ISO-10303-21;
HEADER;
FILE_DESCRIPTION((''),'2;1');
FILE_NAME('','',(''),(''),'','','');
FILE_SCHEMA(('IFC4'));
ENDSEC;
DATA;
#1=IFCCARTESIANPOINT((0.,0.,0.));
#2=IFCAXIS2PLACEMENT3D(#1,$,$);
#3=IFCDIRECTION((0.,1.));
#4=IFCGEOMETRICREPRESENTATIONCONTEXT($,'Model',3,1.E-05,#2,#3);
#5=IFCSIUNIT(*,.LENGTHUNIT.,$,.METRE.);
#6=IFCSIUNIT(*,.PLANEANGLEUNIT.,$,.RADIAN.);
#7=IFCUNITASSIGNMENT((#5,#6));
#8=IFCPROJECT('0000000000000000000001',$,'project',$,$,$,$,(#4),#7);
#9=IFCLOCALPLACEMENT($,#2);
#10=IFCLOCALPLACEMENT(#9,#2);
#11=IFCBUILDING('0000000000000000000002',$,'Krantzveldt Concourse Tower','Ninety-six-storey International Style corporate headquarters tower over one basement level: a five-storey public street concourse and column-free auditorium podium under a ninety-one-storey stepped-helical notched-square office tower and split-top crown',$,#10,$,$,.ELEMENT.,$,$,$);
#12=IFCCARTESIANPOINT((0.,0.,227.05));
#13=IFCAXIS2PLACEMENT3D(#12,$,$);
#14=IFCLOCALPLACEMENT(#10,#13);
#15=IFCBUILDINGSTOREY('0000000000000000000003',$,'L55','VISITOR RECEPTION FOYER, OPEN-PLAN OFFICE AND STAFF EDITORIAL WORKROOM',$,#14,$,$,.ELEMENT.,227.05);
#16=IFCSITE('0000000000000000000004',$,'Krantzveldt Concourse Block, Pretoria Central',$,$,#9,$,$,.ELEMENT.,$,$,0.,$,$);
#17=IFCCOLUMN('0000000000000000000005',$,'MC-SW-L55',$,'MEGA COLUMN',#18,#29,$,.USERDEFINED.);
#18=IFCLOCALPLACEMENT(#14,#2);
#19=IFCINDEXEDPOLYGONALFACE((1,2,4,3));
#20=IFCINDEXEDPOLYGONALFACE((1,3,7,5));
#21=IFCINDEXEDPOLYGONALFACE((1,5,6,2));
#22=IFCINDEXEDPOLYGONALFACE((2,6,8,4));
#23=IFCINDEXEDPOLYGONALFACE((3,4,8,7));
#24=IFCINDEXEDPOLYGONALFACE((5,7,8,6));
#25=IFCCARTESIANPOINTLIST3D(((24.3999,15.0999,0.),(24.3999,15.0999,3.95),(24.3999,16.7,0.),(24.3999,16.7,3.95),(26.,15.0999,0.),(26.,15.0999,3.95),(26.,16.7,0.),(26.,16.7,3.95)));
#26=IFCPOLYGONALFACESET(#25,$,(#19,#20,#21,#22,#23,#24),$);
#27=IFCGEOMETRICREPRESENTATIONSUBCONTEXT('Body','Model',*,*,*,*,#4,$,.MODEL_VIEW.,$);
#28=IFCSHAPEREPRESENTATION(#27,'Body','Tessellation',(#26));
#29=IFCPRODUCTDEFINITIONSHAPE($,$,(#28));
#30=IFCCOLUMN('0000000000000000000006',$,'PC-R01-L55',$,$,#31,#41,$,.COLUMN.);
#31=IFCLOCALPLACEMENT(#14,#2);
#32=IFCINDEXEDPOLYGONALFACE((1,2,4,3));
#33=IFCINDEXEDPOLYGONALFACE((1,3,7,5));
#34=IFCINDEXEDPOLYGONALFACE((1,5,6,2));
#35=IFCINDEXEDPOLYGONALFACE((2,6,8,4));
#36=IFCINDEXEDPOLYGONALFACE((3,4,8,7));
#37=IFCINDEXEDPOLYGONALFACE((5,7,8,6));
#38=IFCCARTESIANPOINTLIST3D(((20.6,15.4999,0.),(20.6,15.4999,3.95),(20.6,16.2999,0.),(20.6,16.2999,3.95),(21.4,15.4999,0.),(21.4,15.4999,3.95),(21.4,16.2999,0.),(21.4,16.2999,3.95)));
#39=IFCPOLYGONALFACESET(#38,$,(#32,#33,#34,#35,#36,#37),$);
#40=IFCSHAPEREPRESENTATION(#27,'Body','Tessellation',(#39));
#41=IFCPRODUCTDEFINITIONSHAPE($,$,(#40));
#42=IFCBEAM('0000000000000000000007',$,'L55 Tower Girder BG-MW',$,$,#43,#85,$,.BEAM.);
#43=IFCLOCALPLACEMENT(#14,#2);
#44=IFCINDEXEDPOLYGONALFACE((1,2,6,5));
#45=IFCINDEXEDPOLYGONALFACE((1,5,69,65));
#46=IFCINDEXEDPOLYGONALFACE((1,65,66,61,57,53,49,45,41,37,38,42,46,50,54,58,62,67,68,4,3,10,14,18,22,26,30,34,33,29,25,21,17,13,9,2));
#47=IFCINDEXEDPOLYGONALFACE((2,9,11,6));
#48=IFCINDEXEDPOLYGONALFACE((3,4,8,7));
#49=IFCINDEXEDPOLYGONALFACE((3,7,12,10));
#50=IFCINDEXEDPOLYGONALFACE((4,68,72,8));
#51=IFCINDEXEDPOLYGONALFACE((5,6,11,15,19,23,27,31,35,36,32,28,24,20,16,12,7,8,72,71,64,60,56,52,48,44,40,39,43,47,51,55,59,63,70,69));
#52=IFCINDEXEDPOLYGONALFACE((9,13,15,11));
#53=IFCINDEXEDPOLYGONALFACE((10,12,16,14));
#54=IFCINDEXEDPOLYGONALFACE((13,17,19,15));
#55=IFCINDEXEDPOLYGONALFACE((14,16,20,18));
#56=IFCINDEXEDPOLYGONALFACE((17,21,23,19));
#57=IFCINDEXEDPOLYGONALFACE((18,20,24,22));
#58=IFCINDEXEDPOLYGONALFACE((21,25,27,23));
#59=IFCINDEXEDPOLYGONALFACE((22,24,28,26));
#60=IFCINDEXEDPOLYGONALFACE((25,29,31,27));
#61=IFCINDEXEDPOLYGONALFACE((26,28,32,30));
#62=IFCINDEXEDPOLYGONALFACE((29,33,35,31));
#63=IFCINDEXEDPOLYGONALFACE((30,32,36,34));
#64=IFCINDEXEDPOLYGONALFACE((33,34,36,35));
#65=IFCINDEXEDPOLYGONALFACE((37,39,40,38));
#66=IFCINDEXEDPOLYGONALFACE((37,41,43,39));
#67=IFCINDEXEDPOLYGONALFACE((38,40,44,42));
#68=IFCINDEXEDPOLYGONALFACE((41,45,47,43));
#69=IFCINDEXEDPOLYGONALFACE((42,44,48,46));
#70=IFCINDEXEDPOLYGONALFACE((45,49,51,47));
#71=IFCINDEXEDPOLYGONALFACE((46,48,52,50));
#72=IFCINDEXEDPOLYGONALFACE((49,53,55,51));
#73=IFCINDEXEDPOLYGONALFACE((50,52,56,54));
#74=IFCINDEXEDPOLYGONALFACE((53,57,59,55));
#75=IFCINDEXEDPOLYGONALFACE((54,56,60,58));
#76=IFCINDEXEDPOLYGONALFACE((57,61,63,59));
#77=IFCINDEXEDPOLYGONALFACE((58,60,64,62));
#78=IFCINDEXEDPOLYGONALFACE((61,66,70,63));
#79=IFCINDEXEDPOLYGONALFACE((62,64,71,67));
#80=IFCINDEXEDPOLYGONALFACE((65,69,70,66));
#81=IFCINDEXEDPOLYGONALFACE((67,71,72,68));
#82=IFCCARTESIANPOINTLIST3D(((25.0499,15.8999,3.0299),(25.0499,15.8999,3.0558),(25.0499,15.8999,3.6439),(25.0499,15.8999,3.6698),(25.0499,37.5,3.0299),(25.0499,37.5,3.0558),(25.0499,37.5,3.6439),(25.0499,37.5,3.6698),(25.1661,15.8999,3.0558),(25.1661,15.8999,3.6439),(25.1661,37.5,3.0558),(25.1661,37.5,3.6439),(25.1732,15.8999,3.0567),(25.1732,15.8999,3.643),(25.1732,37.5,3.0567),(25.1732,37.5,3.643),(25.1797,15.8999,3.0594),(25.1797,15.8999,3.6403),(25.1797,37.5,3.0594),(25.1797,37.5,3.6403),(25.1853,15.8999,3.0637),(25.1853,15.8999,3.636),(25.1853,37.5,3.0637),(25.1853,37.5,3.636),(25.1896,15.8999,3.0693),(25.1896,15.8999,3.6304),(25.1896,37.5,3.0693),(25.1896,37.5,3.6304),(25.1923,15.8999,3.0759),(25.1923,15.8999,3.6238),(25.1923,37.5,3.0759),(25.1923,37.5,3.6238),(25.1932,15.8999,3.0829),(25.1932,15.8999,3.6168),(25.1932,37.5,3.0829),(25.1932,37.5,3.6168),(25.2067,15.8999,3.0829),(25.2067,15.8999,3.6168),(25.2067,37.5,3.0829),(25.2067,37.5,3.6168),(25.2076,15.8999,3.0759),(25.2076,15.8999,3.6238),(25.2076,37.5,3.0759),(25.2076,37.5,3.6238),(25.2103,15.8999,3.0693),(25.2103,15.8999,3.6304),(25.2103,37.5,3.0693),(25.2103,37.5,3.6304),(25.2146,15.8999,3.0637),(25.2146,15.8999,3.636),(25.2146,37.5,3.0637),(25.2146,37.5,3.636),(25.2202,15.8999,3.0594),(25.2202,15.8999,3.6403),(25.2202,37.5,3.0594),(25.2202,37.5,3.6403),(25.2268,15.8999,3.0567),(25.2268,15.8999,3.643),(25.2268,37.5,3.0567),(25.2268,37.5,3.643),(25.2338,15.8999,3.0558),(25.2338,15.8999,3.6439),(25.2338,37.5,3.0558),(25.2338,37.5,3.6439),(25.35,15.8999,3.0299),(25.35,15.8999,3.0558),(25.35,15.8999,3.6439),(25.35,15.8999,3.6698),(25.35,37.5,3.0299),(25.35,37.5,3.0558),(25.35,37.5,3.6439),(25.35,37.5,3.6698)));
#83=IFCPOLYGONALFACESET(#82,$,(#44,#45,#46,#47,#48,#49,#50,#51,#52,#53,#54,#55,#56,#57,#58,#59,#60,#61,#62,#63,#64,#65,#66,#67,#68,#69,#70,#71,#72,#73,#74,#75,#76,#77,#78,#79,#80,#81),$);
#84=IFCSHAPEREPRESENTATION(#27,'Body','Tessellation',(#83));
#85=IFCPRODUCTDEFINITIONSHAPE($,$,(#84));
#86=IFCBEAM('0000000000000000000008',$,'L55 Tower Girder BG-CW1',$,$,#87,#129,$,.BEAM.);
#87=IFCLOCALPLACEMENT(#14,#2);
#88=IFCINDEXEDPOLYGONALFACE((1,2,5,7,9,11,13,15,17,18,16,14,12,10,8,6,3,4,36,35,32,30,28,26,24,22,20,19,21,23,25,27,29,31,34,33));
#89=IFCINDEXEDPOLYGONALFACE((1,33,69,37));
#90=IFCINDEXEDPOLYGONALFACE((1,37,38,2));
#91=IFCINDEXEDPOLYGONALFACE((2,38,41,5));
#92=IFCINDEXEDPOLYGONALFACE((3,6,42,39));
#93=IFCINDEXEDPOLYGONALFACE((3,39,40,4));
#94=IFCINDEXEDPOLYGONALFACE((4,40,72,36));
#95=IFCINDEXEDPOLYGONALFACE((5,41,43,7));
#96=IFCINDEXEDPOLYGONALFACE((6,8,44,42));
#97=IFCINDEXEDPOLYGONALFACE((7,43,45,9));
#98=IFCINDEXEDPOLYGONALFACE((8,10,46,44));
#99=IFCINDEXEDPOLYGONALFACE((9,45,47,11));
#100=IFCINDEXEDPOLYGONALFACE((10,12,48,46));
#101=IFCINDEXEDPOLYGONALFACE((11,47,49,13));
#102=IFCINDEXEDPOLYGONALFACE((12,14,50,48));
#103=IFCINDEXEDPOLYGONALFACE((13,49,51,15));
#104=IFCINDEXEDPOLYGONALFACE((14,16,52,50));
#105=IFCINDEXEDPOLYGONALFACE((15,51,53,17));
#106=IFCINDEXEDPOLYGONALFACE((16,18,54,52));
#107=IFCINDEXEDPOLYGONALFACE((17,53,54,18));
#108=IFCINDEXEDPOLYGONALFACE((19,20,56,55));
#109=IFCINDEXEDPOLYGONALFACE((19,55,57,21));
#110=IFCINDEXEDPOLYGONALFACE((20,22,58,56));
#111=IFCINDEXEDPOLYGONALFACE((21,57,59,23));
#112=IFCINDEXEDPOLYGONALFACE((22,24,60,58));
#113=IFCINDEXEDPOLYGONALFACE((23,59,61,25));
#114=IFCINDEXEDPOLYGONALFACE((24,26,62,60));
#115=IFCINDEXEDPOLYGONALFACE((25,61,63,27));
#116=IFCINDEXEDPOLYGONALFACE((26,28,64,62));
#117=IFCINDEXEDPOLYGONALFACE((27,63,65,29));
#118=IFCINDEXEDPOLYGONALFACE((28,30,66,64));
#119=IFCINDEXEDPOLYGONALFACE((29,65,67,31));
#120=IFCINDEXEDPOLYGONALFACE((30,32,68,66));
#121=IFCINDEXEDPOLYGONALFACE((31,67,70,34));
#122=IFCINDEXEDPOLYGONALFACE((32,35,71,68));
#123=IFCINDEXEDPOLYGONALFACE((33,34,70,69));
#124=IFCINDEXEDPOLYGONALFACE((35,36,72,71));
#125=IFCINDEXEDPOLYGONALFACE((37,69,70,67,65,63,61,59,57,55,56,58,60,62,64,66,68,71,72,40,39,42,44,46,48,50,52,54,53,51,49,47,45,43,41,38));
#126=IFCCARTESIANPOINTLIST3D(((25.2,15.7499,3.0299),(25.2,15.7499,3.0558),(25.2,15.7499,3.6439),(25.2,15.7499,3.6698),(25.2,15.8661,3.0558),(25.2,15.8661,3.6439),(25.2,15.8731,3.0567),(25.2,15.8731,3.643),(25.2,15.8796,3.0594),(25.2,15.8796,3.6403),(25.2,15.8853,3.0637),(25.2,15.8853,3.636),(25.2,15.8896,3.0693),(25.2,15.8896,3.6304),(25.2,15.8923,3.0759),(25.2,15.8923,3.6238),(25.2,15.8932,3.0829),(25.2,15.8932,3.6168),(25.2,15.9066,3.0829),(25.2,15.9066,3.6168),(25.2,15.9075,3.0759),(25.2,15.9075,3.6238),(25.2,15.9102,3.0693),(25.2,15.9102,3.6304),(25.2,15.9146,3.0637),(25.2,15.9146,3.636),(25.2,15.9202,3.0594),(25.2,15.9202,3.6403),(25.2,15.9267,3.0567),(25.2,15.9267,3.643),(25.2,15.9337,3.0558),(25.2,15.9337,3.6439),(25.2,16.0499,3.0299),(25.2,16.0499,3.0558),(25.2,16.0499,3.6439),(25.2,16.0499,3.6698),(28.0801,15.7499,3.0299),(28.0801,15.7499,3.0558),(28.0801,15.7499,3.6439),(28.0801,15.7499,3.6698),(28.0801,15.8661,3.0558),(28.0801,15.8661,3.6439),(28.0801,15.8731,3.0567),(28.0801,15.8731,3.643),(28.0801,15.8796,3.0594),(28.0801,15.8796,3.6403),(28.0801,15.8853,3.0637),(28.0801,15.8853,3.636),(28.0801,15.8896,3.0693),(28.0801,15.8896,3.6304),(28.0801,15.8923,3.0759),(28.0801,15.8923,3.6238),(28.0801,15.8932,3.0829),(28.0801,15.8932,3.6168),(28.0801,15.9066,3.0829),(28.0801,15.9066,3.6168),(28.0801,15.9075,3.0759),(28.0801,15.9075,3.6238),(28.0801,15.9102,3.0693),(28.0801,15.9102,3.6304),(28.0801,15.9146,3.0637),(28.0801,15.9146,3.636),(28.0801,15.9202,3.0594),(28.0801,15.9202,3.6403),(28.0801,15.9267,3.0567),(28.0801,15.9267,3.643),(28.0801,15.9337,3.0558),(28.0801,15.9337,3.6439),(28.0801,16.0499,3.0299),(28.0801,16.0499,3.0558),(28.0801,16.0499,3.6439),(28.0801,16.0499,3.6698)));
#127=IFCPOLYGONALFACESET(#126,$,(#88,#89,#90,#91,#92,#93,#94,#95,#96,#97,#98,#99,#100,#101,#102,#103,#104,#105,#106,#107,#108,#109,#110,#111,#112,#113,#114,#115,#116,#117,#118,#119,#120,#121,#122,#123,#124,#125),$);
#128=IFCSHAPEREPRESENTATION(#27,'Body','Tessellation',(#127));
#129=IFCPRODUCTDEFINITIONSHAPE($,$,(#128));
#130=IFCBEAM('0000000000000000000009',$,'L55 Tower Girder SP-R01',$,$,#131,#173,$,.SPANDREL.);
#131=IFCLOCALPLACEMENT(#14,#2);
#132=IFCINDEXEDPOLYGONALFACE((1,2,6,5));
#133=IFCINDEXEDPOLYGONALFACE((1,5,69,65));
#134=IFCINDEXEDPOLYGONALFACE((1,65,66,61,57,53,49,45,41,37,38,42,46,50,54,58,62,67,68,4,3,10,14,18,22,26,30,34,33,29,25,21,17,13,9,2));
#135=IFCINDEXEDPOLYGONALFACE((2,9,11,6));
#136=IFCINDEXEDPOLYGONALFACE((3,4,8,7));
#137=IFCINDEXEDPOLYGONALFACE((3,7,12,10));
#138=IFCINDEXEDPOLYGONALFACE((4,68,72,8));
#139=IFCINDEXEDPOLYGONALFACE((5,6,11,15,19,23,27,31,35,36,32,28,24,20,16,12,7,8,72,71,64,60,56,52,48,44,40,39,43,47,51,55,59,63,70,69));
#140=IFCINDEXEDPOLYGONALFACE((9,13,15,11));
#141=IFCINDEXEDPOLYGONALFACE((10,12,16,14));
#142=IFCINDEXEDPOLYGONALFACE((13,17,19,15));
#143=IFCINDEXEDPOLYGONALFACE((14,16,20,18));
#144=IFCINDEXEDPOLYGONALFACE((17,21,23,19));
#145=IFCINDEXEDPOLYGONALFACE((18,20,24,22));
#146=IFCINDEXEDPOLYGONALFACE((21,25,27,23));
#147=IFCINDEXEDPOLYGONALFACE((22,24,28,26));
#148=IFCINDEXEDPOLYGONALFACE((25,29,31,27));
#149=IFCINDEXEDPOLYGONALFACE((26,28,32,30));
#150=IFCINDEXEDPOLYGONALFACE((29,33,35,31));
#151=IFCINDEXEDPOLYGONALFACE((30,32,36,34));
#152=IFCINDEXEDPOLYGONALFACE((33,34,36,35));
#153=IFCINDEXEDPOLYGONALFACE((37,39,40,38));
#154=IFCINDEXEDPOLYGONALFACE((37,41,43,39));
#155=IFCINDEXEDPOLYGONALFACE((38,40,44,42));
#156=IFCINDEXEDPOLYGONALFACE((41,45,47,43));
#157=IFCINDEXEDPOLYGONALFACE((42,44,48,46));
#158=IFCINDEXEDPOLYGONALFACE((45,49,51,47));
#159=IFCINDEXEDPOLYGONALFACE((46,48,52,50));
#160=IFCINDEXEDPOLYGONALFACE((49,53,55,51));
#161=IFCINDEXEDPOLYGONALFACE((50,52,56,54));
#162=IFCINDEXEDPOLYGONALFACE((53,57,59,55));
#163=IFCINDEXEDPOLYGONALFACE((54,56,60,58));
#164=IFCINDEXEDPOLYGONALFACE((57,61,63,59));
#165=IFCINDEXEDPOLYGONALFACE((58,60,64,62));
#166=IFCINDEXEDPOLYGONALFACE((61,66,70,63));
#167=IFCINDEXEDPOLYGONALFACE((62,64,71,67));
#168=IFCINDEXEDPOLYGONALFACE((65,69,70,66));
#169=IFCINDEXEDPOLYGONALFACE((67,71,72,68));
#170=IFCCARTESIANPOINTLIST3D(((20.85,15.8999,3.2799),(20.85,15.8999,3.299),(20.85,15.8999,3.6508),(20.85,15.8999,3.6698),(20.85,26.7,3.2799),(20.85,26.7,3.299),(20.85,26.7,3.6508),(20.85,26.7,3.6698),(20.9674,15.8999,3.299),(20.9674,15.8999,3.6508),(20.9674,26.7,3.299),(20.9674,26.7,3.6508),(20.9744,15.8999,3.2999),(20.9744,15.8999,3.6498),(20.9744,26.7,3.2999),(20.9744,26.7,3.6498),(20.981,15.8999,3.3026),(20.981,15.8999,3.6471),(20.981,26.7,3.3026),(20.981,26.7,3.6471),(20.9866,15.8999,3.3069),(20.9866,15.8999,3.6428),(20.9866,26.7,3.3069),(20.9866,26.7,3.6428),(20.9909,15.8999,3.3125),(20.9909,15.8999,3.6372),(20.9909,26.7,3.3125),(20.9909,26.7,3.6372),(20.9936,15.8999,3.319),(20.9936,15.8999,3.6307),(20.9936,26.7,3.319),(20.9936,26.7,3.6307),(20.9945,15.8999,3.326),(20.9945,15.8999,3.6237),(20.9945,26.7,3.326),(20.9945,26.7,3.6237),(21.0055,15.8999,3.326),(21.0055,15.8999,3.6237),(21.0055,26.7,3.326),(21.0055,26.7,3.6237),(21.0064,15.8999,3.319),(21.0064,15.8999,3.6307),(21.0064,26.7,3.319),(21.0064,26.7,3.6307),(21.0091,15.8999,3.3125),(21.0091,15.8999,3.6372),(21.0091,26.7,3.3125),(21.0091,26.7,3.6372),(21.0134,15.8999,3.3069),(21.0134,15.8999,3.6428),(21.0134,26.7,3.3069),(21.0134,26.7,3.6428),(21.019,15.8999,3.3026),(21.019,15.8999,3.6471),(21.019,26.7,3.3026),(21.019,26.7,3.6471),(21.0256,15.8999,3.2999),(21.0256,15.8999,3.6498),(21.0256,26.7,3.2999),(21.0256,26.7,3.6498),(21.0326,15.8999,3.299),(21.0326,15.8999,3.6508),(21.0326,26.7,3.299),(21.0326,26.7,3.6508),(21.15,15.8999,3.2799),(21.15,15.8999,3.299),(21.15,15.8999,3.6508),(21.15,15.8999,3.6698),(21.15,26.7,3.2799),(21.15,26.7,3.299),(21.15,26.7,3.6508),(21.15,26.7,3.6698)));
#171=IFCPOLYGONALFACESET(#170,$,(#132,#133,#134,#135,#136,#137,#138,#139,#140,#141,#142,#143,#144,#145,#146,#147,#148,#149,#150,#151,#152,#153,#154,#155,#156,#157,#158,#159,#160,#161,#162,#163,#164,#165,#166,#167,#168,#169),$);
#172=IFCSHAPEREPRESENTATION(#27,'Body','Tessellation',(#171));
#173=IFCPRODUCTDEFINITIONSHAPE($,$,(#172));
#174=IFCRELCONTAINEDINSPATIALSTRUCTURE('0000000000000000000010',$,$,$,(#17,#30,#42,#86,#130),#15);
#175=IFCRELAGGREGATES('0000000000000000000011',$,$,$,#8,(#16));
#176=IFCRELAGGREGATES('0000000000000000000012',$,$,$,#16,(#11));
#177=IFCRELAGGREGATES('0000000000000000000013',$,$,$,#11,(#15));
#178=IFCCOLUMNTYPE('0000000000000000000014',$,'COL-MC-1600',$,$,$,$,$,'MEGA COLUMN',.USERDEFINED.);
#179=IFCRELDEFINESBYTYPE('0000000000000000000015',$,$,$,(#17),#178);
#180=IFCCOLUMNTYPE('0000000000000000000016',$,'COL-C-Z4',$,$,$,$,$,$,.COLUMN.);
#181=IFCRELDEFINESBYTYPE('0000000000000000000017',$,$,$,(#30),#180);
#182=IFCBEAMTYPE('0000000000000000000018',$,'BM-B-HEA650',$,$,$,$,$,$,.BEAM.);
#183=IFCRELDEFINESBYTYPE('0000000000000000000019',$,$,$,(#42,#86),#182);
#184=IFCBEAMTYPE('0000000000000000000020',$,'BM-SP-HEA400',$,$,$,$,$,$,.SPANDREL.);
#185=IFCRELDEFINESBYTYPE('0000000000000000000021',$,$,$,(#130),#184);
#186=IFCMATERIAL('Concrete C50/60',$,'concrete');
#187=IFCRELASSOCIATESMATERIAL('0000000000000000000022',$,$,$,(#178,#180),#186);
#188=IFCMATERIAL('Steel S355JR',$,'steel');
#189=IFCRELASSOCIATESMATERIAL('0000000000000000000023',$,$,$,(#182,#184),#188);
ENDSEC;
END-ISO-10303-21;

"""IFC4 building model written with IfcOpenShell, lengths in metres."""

from ifc_helpers import new_model, si_unit, direction, frame, origin, origin_2d, place, context, subcontext, project, spatial, rectangle, i_section, extrude, source, transform, mapped, material, material_profile, profile_set, type_object, type_shapes, element, save


model = new_model("IFC4")

# Units and contexts
model_context = context("Model", 3, precision=1e-05, world=origin(), true_north=direction((0.0, 1.0)))
body_context = subcontext(model_context, "Body", "Model", "MODEL_VIEW")
ifc_project = project(units=[si_unit("LENGTHUNIT", "METRE"), si_unit("PLANEANGLEUNIT", "RADIAN")], contexts=[model_context])

# Site, building, storey
site_placement = place(None, origin())
site = spatial("IfcSite", under=ifc_project, at=site_placement, Name="Krantzveldt Concourse Block, Pretoria Central", CompositionType="ELEMENT", RefElevation=0.0)
building_placement = place(site_placement, origin())
building = spatial("IfcBuilding", under=site, at=building_placement, Name="Krantzveldt Concourse Tower", Description="Ninety-six-storey International Style corporate headquarters tower over one basement level: a five-storey public street concourse and column-free auditorium podium under a ninety-one-storey stepped-helical notched-square office tower and split-top crown", CompositionType="ELEMENT")
storey_placement = place(building_placement, frame((0.0, 0.0, 227.05)))
storey = spatial("IfcBuildingStorey", under=building, at=storey_placement, Name="L55", Description="VISITOR RECEPTION FOYER, OPEN-PLAN OFFICE AND STAFF EDITORIAL WORKROOM", CompositionType="ELEMENT", Elevation=227.05)

# Columns
ifc_material_1 = material(Name="Concrete C50/60", Category="concrete")
ifc_material_profile_1 = material_profile(ifc_material_1, rectangle(XDim=1.6001, YDim=1.6001, at=origin_2d()), Name="Concrete C50/60", Category="concrete")
ifc_profile_set_1 = profile_set([ifc_material_profile_1], Name="Concrete C50/60 - RC 1600x1600")
column_type_1 = type_object("IfcColumnType", Name="COL-MC-1600", ElementType="MEGA COLUMN", PredefinedType="USERDEFINED", material=ifc_profile_set_1)
shared_shape_1 = source(origin(), body_context, "Body", "SweptSolid", [
    extrude(rectangle(XDim=1.6001, YDim=1.6001, at=origin_2d()), origin(), (0.0, 0.0, 1.0), 3.95),
])
type_shapes(column_type_1, [shared_shape_1])
column_1_placement = place(storey_placement, frame((25.2, 15.8999, 0.0), z_axis=(0.0, 0.0, 1.0), x_axis=(1.0, 0.0, 0.0)))
element("IfcColumn", 1, at=column_1_placement, inside=storey, type_object=column_type_1, Name="MC-SW-L55", ObjectType="MEGA COLUMN", PredefinedType="USERDEFINED", context=body_context, shape_type="MappedRepresentation", body=[
    mapped(shared_shape_1, transform((0.0, 0.0, 0.0), x_axis=(1.0, 0.0, 0.0), y_axis=(0.0, 1.0, 0.0), z_axis=(0.0, 0.0, 1.0), scale=1.0)),
])
ifc_material_profile_2 = material_profile(ifc_material_1, rectangle(XDim=0.8, YDim=0.8, at=origin_2d()), Name="Concrete C50/60", Category="concrete")
ifc_profile_set_2 = profile_set([ifc_material_profile_2], Name="Concrete C50/60 - RC 800x800")
column_type_2 = type_object("IfcColumnType", Name="COL-C-Z4", PredefinedType="COLUMN", material=ifc_profile_set_2)
shared_shape_2 = source(origin(), body_context, "Body", "SweptSolid", [
    extrude(rectangle(XDim=0.8, YDim=0.8, at=origin_2d()), origin(), (0.0, 0.0, 1.0), 3.95),
])
type_shapes(column_type_2, [shared_shape_2])
column_2_placement = place(storey_placement, frame((21.0, 15.8999, 0.0), z_axis=(0.0, 0.0, 1.0), x_axis=(1.0, 0.0, 0.0)))
element("IfcColumn", 2, at=column_2_placement, inside=storey, type_object=column_type_2, Name="PC-R01-L55", PredefinedType="COLUMN", context=body_context, shape_type="MappedRepresentation", body=[
    mapped(shared_shape_2, transform((0.0, 0.0, 0.0), x_axis=(1.0, 0.0, 0.0), y_axis=(0.0, 1.0, 0.0), z_axis=(0.0, 0.0, 1.0), scale=1.0)),
])

# Beams
ifc_material_2 = material(Name="Steel S355JR", Category="steel")
ifc_material_profile_3 = material_profile(ifc_material_2, i_section(OverallWidth=0.3, OverallDepth=0.6399, WebThickness=0.0134, FlangeThickness=0.0259, FilletRadius=0.0271, at=origin_2d()), Name="Steel S355JR", Category="steel")
ifc_profile_set_3 = profile_set([ifc_material_profile_3], Name="Steel S355JR - HEA 650")
beam_type_1 = type_object("IfcBeamType", Name="BM-B-HEA650", PredefinedType="BEAM", material=ifc_profile_set_3)
shared_shape_3 = source(origin(), body_context, "Body", "SweptSolid", [
    extrude(i_section(OverallWidth=0.3, OverallDepth=0.6399, WebThickness=0.0134, FlangeThickness=0.0259, FilletRadius=0.0271, at=origin_2d()), origin(), (0.0, 0.0, 1.0), 21.6001),
])
beam_1_placement = place(storey_placement, frame((25.2, 15.8999, 3.3499), z_axis=(0.0, 1.0, 0.0), x_axis=(-1.0, 0.0, 0.0)))
element("IfcBeam", 3, at=beam_1_placement, inside=storey, type_object=beam_type_1, Name="L55 Tower Girder BG-MW", PredefinedType="BEAM", context=body_context, shape_type="MappedRepresentation", body=[
    mapped(shared_shape_3, transform((0.0, 0.0, 0.0), x_axis=(1.0, 0.0, 0.0), y_axis=(0.0, 1.0, 0.0), z_axis=(0.0, 0.0, 1.0), scale=1.0)),
])
shared_shape_4 = source(origin(), body_context, "Body", "SweptSolid", [
    extrude(i_section(OverallWidth=0.3, OverallDepth=0.6399, WebThickness=0.0134, FlangeThickness=0.0259, FilletRadius=0.0271, at=origin_2d()), origin(), (0.0, 0.0, 1.0), 2.8801),
])
type_shapes(beam_type_1, [shared_shape_3, shared_shape_4])
beam_2_placement = place(storey_placement, frame((25.2, 15.8999, 3.3499), z_axis=(1.0, 0.0, 0.0), x_axis=(0.0, 1.0, 0.0)))
element("IfcBeam", 4, at=beam_2_placement, inside=storey, type_object=beam_type_1, Name="L55 Tower Girder BG-CW1", PredefinedType="BEAM", context=body_context, shape_type="MappedRepresentation", body=[
    mapped(shared_shape_4, transform((0.0, 0.0, 0.0), x_axis=(1.0, 0.0, 0.0), y_axis=(0.0, 1.0, 0.0), z_axis=(0.0, 0.0, 1.0), scale=1.0)),
])
ifc_material_profile_4 = material_profile(ifc_material_2, i_section(OverallWidth=0.3, OverallDepth=0.3899, WebThickness=0.011, FlangeThickness=0.019, FilletRadius=0.0271, at=origin_2d()), Name="Steel S355JR", Category="steel")
ifc_profile_set_4 = profile_set([ifc_material_profile_4], Name="Steel S355JR - HEA 400")
beam_type_2 = type_object("IfcBeamType", Name="BM-SP-HEA400", PredefinedType="SPANDREL", material=ifc_profile_set_4)
shared_shape_5 = source(origin(), body_context, "Body", "SweptSolid", [
    extrude(i_section(OverallWidth=0.3, OverallDepth=0.3899, WebThickness=0.011, FlangeThickness=0.019, FilletRadius=0.0271, at=origin_2d()), origin(), (0.0, 0.0, 1.0), 10.8),
])
type_shapes(beam_type_2, [shared_shape_5])
beam_3_placement = place(storey_placement, frame((21.0, 15.8999, 3.4749), z_axis=(0.0, 1.0, 0.0), x_axis=(-1.0, 0.0, 0.0)))
element("IfcBeam", 5, at=beam_3_placement, inside=storey, type_object=beam_type_2, Name="L55 Tower Girder SP-R01", PredefinedType="SPANDREL", context=body_context, shape_type="MappedRepresentation", body=[
    mapped(shared_shape_5, transform((0.0, 0.0, 0.0), x_axis=(1.0, 0.0, 0.0), y_axis=(0.0, 1.0, 0.0), z_axis=(0.0, 0.0, 1.0), scale=1.0)),
])

save(model, "model.ifc")
